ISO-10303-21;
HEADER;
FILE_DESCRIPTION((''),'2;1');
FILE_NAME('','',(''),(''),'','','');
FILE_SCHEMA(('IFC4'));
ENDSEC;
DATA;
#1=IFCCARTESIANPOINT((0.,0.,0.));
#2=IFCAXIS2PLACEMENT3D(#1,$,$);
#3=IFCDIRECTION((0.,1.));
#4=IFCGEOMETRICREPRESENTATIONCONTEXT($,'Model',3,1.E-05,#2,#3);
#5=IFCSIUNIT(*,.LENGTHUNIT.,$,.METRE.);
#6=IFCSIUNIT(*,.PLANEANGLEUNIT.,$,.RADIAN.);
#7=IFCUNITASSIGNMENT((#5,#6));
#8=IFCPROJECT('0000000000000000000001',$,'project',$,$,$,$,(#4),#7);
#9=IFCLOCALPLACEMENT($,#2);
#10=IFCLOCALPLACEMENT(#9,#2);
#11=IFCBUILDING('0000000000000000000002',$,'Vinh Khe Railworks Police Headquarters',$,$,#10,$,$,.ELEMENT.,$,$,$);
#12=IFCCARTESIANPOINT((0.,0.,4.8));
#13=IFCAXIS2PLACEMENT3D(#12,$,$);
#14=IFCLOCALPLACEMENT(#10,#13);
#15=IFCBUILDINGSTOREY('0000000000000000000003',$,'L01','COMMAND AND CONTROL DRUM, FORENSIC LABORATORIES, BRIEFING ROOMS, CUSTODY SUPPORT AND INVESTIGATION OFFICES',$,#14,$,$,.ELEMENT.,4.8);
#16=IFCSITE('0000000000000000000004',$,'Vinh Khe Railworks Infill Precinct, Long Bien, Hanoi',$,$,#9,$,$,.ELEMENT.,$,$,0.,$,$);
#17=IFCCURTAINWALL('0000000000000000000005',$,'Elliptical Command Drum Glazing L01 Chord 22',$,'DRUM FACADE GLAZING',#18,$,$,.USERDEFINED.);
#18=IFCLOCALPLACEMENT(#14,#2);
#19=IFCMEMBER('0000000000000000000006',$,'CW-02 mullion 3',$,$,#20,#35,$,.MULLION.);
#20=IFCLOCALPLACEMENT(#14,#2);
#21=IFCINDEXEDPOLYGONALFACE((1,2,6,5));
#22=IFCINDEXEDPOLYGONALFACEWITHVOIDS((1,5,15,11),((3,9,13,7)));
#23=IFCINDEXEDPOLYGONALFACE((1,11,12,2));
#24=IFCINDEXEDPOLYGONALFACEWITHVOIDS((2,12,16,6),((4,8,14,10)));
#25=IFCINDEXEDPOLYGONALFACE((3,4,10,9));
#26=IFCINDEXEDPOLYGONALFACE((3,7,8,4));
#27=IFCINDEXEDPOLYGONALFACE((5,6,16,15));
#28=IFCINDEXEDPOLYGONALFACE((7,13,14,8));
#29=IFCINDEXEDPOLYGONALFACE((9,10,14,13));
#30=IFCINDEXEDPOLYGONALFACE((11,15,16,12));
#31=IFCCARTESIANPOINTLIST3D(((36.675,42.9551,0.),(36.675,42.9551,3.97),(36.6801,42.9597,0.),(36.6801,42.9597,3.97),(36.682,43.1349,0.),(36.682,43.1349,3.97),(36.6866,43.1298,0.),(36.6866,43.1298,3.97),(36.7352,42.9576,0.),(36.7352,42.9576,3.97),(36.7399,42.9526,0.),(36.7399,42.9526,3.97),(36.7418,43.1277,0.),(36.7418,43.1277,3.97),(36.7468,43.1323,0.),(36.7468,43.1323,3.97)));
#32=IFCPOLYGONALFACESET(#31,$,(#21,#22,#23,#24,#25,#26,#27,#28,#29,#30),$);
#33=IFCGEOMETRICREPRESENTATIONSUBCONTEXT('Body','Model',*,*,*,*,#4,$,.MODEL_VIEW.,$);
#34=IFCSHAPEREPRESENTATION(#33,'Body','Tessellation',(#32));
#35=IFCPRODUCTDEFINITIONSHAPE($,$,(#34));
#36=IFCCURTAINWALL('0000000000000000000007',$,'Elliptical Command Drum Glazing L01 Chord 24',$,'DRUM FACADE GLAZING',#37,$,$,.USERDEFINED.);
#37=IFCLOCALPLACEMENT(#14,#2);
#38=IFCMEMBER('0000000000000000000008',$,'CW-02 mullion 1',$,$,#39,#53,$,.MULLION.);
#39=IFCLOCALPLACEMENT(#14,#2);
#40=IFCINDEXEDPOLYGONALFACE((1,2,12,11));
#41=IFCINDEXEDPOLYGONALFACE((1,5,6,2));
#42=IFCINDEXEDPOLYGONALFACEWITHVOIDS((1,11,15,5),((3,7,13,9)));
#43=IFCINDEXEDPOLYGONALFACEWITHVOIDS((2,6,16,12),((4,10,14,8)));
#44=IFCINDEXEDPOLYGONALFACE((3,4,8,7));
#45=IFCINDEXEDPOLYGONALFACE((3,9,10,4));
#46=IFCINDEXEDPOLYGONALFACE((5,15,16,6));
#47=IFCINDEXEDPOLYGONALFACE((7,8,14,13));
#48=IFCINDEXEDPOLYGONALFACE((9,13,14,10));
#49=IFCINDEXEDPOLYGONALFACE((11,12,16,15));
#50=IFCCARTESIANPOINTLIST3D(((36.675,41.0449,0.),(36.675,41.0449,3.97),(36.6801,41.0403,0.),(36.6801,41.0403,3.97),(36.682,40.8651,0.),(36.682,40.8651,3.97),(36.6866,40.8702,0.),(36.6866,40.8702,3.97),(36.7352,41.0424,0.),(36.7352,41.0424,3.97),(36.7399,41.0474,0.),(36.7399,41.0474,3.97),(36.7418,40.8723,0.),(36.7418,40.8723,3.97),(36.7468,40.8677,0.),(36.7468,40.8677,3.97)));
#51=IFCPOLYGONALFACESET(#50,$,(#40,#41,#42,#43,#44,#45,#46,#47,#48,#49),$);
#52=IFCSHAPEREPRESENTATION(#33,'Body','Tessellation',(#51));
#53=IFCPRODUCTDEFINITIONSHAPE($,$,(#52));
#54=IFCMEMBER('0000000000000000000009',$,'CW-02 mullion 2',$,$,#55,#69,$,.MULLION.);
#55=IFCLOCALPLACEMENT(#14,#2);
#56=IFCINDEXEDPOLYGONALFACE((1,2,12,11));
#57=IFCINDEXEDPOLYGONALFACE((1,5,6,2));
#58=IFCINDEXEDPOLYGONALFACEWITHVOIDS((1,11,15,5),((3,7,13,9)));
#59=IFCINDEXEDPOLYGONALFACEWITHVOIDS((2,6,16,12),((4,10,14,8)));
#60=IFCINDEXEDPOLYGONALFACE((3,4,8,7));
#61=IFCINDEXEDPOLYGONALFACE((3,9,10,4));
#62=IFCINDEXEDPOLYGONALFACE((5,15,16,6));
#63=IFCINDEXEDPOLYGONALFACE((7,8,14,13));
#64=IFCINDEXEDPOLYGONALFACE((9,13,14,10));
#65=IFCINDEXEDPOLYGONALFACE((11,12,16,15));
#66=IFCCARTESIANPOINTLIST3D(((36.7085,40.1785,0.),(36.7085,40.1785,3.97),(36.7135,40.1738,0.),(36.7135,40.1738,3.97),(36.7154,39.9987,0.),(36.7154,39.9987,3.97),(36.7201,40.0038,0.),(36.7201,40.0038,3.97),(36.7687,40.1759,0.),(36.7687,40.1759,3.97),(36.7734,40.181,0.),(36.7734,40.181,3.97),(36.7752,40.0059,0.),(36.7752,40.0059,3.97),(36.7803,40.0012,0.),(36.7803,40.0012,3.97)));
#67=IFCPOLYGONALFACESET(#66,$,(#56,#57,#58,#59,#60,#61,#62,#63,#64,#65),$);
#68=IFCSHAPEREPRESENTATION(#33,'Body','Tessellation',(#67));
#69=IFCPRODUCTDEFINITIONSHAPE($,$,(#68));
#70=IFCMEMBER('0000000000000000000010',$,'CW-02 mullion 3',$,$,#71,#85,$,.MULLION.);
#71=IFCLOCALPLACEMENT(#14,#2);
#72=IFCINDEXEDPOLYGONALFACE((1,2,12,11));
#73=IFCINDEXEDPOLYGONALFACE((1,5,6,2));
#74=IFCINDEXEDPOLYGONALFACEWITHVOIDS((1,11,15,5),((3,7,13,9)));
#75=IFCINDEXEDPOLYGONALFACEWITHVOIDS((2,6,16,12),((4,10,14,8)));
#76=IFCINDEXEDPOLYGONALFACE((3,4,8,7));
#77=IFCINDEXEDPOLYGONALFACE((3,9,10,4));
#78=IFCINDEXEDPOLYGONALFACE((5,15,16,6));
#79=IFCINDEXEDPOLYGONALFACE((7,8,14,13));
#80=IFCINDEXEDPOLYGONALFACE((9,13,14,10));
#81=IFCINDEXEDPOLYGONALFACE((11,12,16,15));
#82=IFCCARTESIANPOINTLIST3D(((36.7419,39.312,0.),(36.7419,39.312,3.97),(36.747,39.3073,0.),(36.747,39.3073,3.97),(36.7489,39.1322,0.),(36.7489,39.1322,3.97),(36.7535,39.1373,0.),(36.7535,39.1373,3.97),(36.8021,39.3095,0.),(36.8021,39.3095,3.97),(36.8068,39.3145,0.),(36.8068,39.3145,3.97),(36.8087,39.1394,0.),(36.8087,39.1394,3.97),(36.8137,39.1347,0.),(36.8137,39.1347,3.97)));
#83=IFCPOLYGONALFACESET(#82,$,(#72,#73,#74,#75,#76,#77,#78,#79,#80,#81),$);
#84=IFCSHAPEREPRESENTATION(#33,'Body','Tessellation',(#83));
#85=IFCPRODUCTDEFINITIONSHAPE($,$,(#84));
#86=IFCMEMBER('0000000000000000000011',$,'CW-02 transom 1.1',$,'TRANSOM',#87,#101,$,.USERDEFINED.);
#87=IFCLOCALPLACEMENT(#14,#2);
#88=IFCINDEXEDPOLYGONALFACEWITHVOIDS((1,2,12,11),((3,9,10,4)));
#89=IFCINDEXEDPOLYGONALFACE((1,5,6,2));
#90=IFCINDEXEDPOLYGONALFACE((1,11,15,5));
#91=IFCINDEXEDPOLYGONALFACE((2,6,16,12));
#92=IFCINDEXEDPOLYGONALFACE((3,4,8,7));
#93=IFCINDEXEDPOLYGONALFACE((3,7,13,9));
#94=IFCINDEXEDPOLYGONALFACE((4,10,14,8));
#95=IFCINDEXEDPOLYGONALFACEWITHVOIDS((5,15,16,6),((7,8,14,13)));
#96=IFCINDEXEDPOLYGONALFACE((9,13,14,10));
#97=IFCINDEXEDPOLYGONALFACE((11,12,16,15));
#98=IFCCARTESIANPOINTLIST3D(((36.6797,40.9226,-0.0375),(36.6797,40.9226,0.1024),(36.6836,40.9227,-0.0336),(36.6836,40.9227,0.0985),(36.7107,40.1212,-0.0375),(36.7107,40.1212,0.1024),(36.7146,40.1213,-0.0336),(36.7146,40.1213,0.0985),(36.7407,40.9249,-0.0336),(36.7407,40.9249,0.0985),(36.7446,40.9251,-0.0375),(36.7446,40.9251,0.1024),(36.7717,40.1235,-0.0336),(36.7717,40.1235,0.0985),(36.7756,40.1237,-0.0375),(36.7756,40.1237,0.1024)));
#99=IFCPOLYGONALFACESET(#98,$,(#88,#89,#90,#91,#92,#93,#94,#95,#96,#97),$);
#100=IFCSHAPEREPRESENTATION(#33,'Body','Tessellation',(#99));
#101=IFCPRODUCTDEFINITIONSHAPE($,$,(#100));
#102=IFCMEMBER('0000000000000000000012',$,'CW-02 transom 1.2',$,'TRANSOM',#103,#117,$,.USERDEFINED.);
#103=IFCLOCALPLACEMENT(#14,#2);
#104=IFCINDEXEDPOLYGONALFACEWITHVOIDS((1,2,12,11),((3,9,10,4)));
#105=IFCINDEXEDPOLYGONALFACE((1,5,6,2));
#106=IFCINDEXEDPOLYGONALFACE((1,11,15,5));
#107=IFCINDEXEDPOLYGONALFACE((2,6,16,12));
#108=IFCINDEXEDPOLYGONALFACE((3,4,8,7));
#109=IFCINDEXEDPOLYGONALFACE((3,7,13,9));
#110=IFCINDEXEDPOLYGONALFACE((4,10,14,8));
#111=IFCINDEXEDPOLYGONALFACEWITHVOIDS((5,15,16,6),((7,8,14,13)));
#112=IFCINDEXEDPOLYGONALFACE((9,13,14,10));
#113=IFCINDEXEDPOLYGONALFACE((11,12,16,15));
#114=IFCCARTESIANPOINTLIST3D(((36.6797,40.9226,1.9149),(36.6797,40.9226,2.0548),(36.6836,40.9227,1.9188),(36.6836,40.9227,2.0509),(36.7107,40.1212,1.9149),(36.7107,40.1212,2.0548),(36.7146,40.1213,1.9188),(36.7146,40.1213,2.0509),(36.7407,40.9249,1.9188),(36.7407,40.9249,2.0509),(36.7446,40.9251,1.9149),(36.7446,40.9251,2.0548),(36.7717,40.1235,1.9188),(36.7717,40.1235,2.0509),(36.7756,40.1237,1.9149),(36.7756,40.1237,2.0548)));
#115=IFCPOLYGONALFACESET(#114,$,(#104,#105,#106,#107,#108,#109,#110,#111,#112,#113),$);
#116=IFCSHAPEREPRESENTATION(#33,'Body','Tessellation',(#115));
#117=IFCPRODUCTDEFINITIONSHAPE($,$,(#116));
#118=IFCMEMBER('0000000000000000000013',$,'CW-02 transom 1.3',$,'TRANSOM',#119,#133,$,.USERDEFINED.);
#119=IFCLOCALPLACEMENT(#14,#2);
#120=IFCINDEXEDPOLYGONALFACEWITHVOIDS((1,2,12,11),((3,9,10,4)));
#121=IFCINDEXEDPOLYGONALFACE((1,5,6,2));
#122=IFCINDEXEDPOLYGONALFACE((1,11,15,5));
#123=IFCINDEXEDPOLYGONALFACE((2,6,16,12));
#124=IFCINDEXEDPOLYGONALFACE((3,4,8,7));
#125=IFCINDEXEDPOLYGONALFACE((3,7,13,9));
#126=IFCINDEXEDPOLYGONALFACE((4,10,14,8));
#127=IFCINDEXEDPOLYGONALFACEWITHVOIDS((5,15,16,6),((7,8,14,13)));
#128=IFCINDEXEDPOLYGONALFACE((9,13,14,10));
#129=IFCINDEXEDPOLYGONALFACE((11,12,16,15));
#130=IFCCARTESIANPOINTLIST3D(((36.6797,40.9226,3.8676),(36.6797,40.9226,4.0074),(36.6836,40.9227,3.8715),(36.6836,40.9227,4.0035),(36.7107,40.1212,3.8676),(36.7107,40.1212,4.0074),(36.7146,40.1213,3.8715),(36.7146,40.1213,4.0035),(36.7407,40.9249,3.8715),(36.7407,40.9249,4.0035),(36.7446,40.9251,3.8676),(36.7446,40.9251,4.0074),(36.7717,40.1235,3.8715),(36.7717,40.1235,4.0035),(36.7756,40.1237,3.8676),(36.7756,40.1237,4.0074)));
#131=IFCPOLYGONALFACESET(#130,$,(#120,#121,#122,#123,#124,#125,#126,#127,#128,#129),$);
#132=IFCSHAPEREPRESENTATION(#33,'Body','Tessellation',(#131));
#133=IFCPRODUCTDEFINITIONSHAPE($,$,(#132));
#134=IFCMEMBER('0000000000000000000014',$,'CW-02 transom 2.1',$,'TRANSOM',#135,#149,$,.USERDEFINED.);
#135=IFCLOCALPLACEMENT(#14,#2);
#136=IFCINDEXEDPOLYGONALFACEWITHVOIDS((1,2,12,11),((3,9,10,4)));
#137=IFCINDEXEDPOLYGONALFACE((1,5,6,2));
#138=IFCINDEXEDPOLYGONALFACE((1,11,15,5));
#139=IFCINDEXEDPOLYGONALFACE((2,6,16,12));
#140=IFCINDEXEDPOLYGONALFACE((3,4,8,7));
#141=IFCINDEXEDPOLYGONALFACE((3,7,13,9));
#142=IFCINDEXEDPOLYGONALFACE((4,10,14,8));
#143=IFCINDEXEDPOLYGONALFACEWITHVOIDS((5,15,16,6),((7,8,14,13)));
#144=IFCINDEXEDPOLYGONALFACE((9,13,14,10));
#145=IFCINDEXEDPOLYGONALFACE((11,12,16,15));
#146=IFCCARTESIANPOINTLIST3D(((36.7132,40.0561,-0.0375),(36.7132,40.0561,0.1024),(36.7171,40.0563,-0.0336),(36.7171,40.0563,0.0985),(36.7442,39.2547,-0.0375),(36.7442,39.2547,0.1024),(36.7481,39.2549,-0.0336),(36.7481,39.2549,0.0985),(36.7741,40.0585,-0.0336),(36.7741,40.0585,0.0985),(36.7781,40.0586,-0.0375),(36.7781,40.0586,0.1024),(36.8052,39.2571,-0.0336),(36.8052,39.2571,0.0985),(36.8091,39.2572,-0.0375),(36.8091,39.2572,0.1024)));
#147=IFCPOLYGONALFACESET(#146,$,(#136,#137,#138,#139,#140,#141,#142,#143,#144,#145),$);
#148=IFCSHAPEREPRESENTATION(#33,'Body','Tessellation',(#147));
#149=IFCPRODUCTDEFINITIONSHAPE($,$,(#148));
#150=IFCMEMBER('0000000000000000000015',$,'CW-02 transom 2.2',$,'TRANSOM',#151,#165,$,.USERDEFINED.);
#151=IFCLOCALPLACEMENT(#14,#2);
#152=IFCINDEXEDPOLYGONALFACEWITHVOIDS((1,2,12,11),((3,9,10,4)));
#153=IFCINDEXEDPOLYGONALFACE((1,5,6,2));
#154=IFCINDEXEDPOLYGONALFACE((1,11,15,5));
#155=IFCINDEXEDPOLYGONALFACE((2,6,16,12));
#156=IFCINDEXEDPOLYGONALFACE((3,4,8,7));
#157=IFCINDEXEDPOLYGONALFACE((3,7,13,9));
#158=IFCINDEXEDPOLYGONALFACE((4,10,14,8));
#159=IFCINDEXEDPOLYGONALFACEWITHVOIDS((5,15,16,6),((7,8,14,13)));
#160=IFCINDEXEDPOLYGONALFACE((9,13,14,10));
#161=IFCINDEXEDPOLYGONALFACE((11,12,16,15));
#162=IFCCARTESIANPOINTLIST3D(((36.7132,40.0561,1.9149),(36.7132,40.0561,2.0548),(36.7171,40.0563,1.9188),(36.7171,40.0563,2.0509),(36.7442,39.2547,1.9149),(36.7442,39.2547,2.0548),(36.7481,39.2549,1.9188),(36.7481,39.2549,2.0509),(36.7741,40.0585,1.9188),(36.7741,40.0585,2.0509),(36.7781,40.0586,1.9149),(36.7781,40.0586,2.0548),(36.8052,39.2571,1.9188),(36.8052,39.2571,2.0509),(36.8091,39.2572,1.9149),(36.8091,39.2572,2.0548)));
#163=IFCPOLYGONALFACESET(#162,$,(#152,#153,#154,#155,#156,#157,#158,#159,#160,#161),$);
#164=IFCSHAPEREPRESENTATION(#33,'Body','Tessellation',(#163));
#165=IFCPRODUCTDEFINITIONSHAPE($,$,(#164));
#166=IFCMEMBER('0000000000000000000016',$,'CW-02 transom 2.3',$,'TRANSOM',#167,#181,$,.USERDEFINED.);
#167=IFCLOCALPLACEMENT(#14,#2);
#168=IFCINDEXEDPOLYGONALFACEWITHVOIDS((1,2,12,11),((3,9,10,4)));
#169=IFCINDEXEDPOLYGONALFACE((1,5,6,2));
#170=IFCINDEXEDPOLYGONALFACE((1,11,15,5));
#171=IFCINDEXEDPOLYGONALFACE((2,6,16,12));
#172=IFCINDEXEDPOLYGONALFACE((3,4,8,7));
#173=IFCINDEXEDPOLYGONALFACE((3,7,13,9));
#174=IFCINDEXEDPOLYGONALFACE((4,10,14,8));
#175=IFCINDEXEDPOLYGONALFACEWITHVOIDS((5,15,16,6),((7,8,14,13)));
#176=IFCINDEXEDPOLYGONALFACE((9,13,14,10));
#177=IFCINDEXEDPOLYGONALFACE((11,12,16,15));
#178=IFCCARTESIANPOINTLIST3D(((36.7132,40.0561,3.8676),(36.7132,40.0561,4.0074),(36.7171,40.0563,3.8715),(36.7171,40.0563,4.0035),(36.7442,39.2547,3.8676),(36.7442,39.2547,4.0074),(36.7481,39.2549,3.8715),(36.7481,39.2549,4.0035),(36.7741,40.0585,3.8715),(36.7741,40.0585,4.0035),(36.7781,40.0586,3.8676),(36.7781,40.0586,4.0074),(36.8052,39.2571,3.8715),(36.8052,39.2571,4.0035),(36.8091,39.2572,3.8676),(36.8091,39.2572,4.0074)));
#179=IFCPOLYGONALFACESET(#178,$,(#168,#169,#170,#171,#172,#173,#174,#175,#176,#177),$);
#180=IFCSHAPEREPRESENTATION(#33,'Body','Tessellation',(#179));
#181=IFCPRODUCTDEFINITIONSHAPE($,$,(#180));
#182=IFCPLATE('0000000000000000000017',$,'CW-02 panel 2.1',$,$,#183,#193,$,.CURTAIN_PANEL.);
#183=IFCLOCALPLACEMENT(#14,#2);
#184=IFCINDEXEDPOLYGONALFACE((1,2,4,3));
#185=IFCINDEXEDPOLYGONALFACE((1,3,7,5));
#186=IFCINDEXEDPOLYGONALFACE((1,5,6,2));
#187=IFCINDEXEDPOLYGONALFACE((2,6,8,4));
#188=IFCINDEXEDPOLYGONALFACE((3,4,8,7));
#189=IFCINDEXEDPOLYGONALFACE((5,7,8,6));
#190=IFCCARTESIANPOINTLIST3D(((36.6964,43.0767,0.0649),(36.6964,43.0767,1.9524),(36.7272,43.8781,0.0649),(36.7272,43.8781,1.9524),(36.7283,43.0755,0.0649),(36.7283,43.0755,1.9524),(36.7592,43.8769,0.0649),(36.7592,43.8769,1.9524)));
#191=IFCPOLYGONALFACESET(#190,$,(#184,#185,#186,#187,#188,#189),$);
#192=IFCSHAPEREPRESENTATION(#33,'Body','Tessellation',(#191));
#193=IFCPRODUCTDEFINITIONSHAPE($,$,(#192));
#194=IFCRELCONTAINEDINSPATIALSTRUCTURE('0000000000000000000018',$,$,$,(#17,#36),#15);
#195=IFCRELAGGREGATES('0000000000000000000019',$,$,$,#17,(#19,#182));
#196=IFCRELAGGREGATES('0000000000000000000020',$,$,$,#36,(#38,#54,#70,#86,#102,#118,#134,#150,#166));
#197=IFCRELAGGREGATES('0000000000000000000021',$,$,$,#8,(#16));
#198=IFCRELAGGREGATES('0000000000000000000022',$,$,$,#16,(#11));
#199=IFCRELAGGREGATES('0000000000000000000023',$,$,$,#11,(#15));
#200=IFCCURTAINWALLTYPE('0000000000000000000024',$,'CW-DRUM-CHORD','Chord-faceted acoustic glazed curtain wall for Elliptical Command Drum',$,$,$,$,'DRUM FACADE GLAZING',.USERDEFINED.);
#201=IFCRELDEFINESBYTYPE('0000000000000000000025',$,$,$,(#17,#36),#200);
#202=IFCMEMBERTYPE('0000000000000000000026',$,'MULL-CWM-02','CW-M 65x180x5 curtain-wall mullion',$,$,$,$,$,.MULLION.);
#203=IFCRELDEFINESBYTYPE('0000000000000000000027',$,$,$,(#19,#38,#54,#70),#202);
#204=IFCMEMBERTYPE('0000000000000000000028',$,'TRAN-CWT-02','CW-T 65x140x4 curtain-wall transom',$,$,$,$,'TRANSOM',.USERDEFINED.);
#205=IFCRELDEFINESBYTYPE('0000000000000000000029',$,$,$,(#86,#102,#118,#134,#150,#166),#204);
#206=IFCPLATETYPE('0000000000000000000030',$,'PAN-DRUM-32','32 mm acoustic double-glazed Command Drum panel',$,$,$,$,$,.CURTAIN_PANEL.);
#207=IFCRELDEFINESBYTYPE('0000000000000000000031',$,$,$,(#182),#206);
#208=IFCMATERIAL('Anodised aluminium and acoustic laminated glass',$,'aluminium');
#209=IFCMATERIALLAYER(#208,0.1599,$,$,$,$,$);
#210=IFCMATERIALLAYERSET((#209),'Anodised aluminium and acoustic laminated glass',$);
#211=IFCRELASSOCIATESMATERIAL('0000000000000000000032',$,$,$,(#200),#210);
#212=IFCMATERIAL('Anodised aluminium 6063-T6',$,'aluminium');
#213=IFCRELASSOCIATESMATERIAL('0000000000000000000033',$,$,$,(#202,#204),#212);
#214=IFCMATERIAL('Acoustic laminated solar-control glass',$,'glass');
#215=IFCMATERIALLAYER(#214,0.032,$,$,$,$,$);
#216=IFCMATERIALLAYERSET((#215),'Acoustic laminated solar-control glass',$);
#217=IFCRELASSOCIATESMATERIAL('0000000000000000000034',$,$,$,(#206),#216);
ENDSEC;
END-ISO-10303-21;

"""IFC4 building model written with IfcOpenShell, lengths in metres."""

from ifc_helpers import new_model, si_unit, direction, frame, origin, origin_2d, place, context, subcontext, project, spatial, rectangle, hollow_rectangle, extrude, material, layer, layer_set, material_profile, profile_set, type_object, element, aggregate, save


model = new_model("IFC4")

# Units and contexts
model_context = context("Model", 3, precision=1e-05, world=origin(), true_north=direction((0.0, 1.0)))
body_context = subcontext(model_context, "Body", "Model", "MODEL_VIEW")
ifc_project = project(units=[si_unit("LENGTHUNIT", "METRE"), si_unit("PLANEANGLEUNIT", "RADIAN")], contexts=[model_context])

# Site, building, storey
site_placement = place(None, origin())
site = spatial("IfcSite", under=ifc_project, at=site_placement, Name="Vinh Khe Railworks Infill Precinct, Long Bien, Hanoi", CompositionType="ELEMENT", RefElevation=0.0)
building_placement = place(site_placement, origin())
building = spatial("IfcBuilding", under=site, at=building_placement, Name="Vinh Khe Railworks Police Headquarters", CompositionType="ELEMENT")
storey_placement = place(building_placement, frame((0.0, 0.0, 4.8)))
storey = spatial("IfcBuildingStorey", under=building, at=storey_placement, Name="L01", Description="COMMAND AND CONTROL DRUM, FORENSIC LABORATORIES, BRIEFING ROOMS, CUSTODY SUPPORT AND INVESTIGATION OFFICES", CompositionType="ELEMENT", Elevation=4.8)

# Curtain wall, member
ifc_material_1 = material(Name="Anodised aluminium and acoustic laminated glass", Category="aluminium")
ifc_layer_1 = layer(ifc_material_1, 0.1599)
ifc_layer_set_1 = layer_set([ifc_layer_1], Name="Anodised aluminium and acoustic laminated glass")
curtain_wall_type = type_object("IfcCurtainWallType", Name="CW-DRUM-CHORD", Description="Chord-faceted acoustic glazed curtain wall for Elliptical Command Drum", ElementType="DRUM FACADE GLAZING", PredefinedType="USERDEFINED", material=ifc_layer_set_1)
curtain_wall_1_placement = place(storey_placement, origin())
curtain_wall_1 = element("IfcCurtainWall", 1, at=curtain_wall_1_placement, inside=storey, type_object=curtain_wall_type, Name="Elliptical Command Drum Glazing L01 Chord 22", ObjectType="DRUM FACADE GLAZING", PredefinedType="USERDEFINED")
ifc_material_2 = material(Name="Anodised aluminium 6063-T6", Category="aluminium")
ifc_material_profile_1 = material_profile(ifc_material_2, hollow_rectangle(XDim=0.0649, YDim=0.1799, WallThickness=0.0049, at=origin_2d()), Name="CW-M 65x180x5")
ifc_profile_set_1 = profile_set([ifc_material_profile_1], Name="Anodised aluminium 6063-T6")
member_type_1 = type_object("IfcMemberType", Name="MULL-CWM-02", Description="CW-M 65x180x5 curtain-wall mullion", PredefinedType="MULLION", material=ifc_profile_set_1)
member_1_placement = place(storey_placement, frame((36.7109, 43.0437, 0.0), z_axis=(0.0, 0.0, 1.0), x_axis=(0.999258, -0.038512, 0.0)))
member_1 = element("IfcMember", 2, at=member_1_placement, type_object=member_type_1, Name="CW-02 mullion 3", PredefinedType="MULLION", context=body_context, shape_type="SweptSolid", body=[
    extrude(hollow_rectangle(XDim=0.0649, YDim=0.1799, WallThickness=0.0049, at=origin_2d()), origin(), (0.0, 0.0, 1.0), 3.97),
])

# Curtain wall, members
curtain_wall_2_placement = place(storey_placement, origin())
curtain_wall_2 = element("IfcCurtainWall", 3, at=curtain_wall_2_placement, inside=storey, type_object=curtain_wall_type, Name="Elliptical Command Drum Glazing L01 Chord 24", ObjectType="DRUM FACADE GLAZING", PredefinedType="USERDEFINED")
member_2_placement = place(storey_placement, frame((36.7109, 40.9563, 0.0), z_axis=(0.0, 0.0, 1.0), x_axis=(0.999258, 0.038512, 0.0)))
member_2 = element("IfcMember", 4, at=member_2_placement, type_object=member_type_1, Name="CW-02 mullion 1", PredefinedType="MULLION", context=body_context, shape_type="SweptSolid", body=[
    extrude(hollow_rectangle(XDim=0.0649, YDim=0.1799, WallThickness=0.0049, at=origin_2d()), origin(), (0.0, 0.0, 1.0), 3.97),
])
member_3_placement = place(storey_placement, frame((36.7444, 40.0898, 0.0), z_axis=(0.0, 0.0, 1.0), x_axis=(0.999258, 0.038512, 0.0)))
member_3 = element("IfcMember", 5, at=member_3_placement, type_object=member_type_1, Name="CW-02 mullion 2", PredefinedType="MULLION", context=body_context, shape_type="SweptSolid", body=[
    extrude(hollow_rectangle(XDim=0.0649, YDim=0.1799, WallThickness=0.0049, at=origin_2d()), origin(), (0.0, 0.0, 1.0), 3.97),
])
member_4_placement = place(storey_placement, frame((36.7778, 39.2234, 0.0), z_axis=(0.0, 0.0, 1.0), x_axis=(0.999258, 0.038512, 0.0)))
member_4 = element("IfcMember", 6, at=member_4_placement, type_object=member_type_1, Name="CW-02 mullion 3", PredefinedType="MULLION", context=body_context, shape_type="SweptSolid", body=[
    extrude(hollow_rectangle(XDim=0.0649, YDim=0.1799, WallThickness=0.0049, at=origin_2d()), origin(), (0.0, 0.0, 1.0), 3.97),
])
ifc_material_profile_2 = material_profile(ifc_material_2, hollow_rectangle(XDim=0.0649, YDim=0.1399, WallThickness=0.0039, at=origin_2d()), Name="CW-T 65x140x4")
ifc_profile_set_2 = profile_set([ifc_material_profile_2], Name="Anodised aluminium 6063-T6")
member_type_2 = type_object("IfcMemberType", Name="TRAN-CWT-02", Description="CW-T 65x140x4 curtain-wall transom", ElementType="TRANSOM", PredefinedType="USERDEFINED", material=ifc_profile_set_2)
member_5_placement = place(storey_placement, frame((36.7122, 40.9238, 0.0325), z_axis=(0.038655, -0.999253, 0.0), x_axis=(0.999253, 0.038655, 0.0)))
member_5 = element("IfcMember", 7, at=member_5_placement, type_object=member_type_2, Name="CW-02 transom 1.1", ObjectType="TRANSOM", PredefinedType="USERDEFINED", context=body_context, shape_type="SweptSolid", body=[
    extrude(hollow_rectangle(XDim=0.0649, YDim=0.1399, WallThickness=0.0039, at=origin_2d()), origin(), (0.0, 0.0, 1.0), 0.802),
])
member_6_placement = place(storey_placement, frame((36.7122, 40.9238, 1.9849), z_axis=(0.038655, -0.999253, 0.0), x_axis=(0.999253, 0.038655, 0.0)))
member_6 = element("IfcMember", 8, at=member_6_placement, type_object=member_type_2, Name="CW-02 transom 1.2", ObjectType="TRANSOM", PredefinedType="USERDEFINED", context=body_context, shape_type="SweptSolid", body=[
    extrude(hollow_rectangle(XDim=0.0649, YDim=0.1399, WallThickness=0.0039, at=origin_2d()), origin(), (0.0, 0.0, 1.0), 0.802),
])
member_7_placement = place(storey_placement, frame((36.7122, 40.9238, 3.9375), z_axis=(0.038655, -0.999253, 0.0), x_axis=(0.999253, 0.038655, 0.0)))
member_7 = element("IfcMember", 9, at=member_7_placement, type_object=member_type_2, Name="CW-02 transom 1.3", ObjectType="TRANSOM", PredefinedType="USERDEFINED", context=body_context, shape_type="SweptSolid", body=[
    extrude(hollow_rectangle(XDim=0.0649, YDim=0.1399, WallThickness=0.0039, at=origin_2d()), origin(), (0.0, 0.0, 1.0), 0.802),
])
member_8_placement = place(storey_placement, frame((36.7456, 40.0574, 0.0325), z_axis=(0.038655, -0.999253, 0.0), x_axis=(0.999253, 0.038655, 0.0)))
member_8 = element("IfcMember", 10, at=member_8_placement, type_object=member_type_2, Name="CW-02 transom 2.1", ObjectType="TRANSOM", PredefinedType="USERDEFINED", context=body_context, shape_type="SweptSolid", body=[
    extrude(hollow_rectangle(XDim=0.0649, YDim=0.1399, WallThickness=0.0039, at=origin_2d()), origin(), (0.0, 0.0, 1.0), 0.802),
])
member_9_placement = place(storey_placement, frame((36.7456, 40.0574, 1.9849), z_axis=(0.038655, -0.999253, 0.0), x_axis=(0.999253, 0.038655, 0.0)))
member_9 = element("IfcMember", 11, at=member_9_placement, type_object=member_type_2, Name="CW-02 transom 2.2", ObjectType="TRANSOM", PredefinedType="USERDEFINED", context=body_context, shape_type="SweptSolid", body=[
    extrude(hollow_rectangle(XDim=0.0649, YDim=0.1399, WallThickness=0.0039, at=origin_2d()), origin(), (0.0, 0.0, 1.0), 0.802),
])
member_10_placement = place(storey_placement, frame((36.7456, 40.0574, 3.9375), z_axis=(0.038655, -0.999253, 0.0), x_axis=(0.999253, 0.038655, 0.0)))
member_10 = element("IfcMember", 12, at=member_10_placement, type_object=member_type_2, Name="CW-02 transom 2.3", ObjectType="TRANSOM", PredefinedType="USERDEFINED", context=body_context, shape_type="SweptSolid", body=[
    extrude(hollow_rectangle(XDim=0.0649, YDim=0.1399, WallThickness=0.0039, at=origin_2d()), origin(), (0.0, 0.0, 1.0), 0.802),
])

# Plate
ifc_material_3 = material(Name="Acoustic laminated solar-control glass", Category="glass")
ifc_layer_2 = layer(ifc_material_3, 0.032)
ifc_layer_set_2 = layer_set([ifc_layer_2], Name="Acoustic laminated solar-control glass")
plate_type = type_object("IfcPlateType", Name="PAN-DRUM-32", Description="32 mm acoustic double-glazed Command Drum panel", PredefinedType="CURTAIN_PANEL", material=ifc_layer_set_2)
plate_1_placement = place(storey_placement, frame((36.7278, 43.4768, 0.0649), z_axis=(0.0, 0.0, 1.0), x_axis=(-0.038512, -0.999258, 0.0)))
plate_1 = element("IfcPlate", 13, at=plate_1_placement, type_object=plate_type, Name="CW-02 panel 2.1", PredefinedType="CURTAIN_PANEL", context=body_context, shape_type="SweptSolid", body=[
    extrude(rectangle(XDim=0.802, YDim=0.032, at=origin_2d()), origin(), (0.0, 0.0, 1.0), 1.8875),
])
aggregate(curtain_wall_1, [member_1, plate_1])
aggregate(curtain_wall_2, [member_2, member_3, member_4, member_5, member_6, member_7, member_8, member_9, member_10])

save(model, "model.ifc")
